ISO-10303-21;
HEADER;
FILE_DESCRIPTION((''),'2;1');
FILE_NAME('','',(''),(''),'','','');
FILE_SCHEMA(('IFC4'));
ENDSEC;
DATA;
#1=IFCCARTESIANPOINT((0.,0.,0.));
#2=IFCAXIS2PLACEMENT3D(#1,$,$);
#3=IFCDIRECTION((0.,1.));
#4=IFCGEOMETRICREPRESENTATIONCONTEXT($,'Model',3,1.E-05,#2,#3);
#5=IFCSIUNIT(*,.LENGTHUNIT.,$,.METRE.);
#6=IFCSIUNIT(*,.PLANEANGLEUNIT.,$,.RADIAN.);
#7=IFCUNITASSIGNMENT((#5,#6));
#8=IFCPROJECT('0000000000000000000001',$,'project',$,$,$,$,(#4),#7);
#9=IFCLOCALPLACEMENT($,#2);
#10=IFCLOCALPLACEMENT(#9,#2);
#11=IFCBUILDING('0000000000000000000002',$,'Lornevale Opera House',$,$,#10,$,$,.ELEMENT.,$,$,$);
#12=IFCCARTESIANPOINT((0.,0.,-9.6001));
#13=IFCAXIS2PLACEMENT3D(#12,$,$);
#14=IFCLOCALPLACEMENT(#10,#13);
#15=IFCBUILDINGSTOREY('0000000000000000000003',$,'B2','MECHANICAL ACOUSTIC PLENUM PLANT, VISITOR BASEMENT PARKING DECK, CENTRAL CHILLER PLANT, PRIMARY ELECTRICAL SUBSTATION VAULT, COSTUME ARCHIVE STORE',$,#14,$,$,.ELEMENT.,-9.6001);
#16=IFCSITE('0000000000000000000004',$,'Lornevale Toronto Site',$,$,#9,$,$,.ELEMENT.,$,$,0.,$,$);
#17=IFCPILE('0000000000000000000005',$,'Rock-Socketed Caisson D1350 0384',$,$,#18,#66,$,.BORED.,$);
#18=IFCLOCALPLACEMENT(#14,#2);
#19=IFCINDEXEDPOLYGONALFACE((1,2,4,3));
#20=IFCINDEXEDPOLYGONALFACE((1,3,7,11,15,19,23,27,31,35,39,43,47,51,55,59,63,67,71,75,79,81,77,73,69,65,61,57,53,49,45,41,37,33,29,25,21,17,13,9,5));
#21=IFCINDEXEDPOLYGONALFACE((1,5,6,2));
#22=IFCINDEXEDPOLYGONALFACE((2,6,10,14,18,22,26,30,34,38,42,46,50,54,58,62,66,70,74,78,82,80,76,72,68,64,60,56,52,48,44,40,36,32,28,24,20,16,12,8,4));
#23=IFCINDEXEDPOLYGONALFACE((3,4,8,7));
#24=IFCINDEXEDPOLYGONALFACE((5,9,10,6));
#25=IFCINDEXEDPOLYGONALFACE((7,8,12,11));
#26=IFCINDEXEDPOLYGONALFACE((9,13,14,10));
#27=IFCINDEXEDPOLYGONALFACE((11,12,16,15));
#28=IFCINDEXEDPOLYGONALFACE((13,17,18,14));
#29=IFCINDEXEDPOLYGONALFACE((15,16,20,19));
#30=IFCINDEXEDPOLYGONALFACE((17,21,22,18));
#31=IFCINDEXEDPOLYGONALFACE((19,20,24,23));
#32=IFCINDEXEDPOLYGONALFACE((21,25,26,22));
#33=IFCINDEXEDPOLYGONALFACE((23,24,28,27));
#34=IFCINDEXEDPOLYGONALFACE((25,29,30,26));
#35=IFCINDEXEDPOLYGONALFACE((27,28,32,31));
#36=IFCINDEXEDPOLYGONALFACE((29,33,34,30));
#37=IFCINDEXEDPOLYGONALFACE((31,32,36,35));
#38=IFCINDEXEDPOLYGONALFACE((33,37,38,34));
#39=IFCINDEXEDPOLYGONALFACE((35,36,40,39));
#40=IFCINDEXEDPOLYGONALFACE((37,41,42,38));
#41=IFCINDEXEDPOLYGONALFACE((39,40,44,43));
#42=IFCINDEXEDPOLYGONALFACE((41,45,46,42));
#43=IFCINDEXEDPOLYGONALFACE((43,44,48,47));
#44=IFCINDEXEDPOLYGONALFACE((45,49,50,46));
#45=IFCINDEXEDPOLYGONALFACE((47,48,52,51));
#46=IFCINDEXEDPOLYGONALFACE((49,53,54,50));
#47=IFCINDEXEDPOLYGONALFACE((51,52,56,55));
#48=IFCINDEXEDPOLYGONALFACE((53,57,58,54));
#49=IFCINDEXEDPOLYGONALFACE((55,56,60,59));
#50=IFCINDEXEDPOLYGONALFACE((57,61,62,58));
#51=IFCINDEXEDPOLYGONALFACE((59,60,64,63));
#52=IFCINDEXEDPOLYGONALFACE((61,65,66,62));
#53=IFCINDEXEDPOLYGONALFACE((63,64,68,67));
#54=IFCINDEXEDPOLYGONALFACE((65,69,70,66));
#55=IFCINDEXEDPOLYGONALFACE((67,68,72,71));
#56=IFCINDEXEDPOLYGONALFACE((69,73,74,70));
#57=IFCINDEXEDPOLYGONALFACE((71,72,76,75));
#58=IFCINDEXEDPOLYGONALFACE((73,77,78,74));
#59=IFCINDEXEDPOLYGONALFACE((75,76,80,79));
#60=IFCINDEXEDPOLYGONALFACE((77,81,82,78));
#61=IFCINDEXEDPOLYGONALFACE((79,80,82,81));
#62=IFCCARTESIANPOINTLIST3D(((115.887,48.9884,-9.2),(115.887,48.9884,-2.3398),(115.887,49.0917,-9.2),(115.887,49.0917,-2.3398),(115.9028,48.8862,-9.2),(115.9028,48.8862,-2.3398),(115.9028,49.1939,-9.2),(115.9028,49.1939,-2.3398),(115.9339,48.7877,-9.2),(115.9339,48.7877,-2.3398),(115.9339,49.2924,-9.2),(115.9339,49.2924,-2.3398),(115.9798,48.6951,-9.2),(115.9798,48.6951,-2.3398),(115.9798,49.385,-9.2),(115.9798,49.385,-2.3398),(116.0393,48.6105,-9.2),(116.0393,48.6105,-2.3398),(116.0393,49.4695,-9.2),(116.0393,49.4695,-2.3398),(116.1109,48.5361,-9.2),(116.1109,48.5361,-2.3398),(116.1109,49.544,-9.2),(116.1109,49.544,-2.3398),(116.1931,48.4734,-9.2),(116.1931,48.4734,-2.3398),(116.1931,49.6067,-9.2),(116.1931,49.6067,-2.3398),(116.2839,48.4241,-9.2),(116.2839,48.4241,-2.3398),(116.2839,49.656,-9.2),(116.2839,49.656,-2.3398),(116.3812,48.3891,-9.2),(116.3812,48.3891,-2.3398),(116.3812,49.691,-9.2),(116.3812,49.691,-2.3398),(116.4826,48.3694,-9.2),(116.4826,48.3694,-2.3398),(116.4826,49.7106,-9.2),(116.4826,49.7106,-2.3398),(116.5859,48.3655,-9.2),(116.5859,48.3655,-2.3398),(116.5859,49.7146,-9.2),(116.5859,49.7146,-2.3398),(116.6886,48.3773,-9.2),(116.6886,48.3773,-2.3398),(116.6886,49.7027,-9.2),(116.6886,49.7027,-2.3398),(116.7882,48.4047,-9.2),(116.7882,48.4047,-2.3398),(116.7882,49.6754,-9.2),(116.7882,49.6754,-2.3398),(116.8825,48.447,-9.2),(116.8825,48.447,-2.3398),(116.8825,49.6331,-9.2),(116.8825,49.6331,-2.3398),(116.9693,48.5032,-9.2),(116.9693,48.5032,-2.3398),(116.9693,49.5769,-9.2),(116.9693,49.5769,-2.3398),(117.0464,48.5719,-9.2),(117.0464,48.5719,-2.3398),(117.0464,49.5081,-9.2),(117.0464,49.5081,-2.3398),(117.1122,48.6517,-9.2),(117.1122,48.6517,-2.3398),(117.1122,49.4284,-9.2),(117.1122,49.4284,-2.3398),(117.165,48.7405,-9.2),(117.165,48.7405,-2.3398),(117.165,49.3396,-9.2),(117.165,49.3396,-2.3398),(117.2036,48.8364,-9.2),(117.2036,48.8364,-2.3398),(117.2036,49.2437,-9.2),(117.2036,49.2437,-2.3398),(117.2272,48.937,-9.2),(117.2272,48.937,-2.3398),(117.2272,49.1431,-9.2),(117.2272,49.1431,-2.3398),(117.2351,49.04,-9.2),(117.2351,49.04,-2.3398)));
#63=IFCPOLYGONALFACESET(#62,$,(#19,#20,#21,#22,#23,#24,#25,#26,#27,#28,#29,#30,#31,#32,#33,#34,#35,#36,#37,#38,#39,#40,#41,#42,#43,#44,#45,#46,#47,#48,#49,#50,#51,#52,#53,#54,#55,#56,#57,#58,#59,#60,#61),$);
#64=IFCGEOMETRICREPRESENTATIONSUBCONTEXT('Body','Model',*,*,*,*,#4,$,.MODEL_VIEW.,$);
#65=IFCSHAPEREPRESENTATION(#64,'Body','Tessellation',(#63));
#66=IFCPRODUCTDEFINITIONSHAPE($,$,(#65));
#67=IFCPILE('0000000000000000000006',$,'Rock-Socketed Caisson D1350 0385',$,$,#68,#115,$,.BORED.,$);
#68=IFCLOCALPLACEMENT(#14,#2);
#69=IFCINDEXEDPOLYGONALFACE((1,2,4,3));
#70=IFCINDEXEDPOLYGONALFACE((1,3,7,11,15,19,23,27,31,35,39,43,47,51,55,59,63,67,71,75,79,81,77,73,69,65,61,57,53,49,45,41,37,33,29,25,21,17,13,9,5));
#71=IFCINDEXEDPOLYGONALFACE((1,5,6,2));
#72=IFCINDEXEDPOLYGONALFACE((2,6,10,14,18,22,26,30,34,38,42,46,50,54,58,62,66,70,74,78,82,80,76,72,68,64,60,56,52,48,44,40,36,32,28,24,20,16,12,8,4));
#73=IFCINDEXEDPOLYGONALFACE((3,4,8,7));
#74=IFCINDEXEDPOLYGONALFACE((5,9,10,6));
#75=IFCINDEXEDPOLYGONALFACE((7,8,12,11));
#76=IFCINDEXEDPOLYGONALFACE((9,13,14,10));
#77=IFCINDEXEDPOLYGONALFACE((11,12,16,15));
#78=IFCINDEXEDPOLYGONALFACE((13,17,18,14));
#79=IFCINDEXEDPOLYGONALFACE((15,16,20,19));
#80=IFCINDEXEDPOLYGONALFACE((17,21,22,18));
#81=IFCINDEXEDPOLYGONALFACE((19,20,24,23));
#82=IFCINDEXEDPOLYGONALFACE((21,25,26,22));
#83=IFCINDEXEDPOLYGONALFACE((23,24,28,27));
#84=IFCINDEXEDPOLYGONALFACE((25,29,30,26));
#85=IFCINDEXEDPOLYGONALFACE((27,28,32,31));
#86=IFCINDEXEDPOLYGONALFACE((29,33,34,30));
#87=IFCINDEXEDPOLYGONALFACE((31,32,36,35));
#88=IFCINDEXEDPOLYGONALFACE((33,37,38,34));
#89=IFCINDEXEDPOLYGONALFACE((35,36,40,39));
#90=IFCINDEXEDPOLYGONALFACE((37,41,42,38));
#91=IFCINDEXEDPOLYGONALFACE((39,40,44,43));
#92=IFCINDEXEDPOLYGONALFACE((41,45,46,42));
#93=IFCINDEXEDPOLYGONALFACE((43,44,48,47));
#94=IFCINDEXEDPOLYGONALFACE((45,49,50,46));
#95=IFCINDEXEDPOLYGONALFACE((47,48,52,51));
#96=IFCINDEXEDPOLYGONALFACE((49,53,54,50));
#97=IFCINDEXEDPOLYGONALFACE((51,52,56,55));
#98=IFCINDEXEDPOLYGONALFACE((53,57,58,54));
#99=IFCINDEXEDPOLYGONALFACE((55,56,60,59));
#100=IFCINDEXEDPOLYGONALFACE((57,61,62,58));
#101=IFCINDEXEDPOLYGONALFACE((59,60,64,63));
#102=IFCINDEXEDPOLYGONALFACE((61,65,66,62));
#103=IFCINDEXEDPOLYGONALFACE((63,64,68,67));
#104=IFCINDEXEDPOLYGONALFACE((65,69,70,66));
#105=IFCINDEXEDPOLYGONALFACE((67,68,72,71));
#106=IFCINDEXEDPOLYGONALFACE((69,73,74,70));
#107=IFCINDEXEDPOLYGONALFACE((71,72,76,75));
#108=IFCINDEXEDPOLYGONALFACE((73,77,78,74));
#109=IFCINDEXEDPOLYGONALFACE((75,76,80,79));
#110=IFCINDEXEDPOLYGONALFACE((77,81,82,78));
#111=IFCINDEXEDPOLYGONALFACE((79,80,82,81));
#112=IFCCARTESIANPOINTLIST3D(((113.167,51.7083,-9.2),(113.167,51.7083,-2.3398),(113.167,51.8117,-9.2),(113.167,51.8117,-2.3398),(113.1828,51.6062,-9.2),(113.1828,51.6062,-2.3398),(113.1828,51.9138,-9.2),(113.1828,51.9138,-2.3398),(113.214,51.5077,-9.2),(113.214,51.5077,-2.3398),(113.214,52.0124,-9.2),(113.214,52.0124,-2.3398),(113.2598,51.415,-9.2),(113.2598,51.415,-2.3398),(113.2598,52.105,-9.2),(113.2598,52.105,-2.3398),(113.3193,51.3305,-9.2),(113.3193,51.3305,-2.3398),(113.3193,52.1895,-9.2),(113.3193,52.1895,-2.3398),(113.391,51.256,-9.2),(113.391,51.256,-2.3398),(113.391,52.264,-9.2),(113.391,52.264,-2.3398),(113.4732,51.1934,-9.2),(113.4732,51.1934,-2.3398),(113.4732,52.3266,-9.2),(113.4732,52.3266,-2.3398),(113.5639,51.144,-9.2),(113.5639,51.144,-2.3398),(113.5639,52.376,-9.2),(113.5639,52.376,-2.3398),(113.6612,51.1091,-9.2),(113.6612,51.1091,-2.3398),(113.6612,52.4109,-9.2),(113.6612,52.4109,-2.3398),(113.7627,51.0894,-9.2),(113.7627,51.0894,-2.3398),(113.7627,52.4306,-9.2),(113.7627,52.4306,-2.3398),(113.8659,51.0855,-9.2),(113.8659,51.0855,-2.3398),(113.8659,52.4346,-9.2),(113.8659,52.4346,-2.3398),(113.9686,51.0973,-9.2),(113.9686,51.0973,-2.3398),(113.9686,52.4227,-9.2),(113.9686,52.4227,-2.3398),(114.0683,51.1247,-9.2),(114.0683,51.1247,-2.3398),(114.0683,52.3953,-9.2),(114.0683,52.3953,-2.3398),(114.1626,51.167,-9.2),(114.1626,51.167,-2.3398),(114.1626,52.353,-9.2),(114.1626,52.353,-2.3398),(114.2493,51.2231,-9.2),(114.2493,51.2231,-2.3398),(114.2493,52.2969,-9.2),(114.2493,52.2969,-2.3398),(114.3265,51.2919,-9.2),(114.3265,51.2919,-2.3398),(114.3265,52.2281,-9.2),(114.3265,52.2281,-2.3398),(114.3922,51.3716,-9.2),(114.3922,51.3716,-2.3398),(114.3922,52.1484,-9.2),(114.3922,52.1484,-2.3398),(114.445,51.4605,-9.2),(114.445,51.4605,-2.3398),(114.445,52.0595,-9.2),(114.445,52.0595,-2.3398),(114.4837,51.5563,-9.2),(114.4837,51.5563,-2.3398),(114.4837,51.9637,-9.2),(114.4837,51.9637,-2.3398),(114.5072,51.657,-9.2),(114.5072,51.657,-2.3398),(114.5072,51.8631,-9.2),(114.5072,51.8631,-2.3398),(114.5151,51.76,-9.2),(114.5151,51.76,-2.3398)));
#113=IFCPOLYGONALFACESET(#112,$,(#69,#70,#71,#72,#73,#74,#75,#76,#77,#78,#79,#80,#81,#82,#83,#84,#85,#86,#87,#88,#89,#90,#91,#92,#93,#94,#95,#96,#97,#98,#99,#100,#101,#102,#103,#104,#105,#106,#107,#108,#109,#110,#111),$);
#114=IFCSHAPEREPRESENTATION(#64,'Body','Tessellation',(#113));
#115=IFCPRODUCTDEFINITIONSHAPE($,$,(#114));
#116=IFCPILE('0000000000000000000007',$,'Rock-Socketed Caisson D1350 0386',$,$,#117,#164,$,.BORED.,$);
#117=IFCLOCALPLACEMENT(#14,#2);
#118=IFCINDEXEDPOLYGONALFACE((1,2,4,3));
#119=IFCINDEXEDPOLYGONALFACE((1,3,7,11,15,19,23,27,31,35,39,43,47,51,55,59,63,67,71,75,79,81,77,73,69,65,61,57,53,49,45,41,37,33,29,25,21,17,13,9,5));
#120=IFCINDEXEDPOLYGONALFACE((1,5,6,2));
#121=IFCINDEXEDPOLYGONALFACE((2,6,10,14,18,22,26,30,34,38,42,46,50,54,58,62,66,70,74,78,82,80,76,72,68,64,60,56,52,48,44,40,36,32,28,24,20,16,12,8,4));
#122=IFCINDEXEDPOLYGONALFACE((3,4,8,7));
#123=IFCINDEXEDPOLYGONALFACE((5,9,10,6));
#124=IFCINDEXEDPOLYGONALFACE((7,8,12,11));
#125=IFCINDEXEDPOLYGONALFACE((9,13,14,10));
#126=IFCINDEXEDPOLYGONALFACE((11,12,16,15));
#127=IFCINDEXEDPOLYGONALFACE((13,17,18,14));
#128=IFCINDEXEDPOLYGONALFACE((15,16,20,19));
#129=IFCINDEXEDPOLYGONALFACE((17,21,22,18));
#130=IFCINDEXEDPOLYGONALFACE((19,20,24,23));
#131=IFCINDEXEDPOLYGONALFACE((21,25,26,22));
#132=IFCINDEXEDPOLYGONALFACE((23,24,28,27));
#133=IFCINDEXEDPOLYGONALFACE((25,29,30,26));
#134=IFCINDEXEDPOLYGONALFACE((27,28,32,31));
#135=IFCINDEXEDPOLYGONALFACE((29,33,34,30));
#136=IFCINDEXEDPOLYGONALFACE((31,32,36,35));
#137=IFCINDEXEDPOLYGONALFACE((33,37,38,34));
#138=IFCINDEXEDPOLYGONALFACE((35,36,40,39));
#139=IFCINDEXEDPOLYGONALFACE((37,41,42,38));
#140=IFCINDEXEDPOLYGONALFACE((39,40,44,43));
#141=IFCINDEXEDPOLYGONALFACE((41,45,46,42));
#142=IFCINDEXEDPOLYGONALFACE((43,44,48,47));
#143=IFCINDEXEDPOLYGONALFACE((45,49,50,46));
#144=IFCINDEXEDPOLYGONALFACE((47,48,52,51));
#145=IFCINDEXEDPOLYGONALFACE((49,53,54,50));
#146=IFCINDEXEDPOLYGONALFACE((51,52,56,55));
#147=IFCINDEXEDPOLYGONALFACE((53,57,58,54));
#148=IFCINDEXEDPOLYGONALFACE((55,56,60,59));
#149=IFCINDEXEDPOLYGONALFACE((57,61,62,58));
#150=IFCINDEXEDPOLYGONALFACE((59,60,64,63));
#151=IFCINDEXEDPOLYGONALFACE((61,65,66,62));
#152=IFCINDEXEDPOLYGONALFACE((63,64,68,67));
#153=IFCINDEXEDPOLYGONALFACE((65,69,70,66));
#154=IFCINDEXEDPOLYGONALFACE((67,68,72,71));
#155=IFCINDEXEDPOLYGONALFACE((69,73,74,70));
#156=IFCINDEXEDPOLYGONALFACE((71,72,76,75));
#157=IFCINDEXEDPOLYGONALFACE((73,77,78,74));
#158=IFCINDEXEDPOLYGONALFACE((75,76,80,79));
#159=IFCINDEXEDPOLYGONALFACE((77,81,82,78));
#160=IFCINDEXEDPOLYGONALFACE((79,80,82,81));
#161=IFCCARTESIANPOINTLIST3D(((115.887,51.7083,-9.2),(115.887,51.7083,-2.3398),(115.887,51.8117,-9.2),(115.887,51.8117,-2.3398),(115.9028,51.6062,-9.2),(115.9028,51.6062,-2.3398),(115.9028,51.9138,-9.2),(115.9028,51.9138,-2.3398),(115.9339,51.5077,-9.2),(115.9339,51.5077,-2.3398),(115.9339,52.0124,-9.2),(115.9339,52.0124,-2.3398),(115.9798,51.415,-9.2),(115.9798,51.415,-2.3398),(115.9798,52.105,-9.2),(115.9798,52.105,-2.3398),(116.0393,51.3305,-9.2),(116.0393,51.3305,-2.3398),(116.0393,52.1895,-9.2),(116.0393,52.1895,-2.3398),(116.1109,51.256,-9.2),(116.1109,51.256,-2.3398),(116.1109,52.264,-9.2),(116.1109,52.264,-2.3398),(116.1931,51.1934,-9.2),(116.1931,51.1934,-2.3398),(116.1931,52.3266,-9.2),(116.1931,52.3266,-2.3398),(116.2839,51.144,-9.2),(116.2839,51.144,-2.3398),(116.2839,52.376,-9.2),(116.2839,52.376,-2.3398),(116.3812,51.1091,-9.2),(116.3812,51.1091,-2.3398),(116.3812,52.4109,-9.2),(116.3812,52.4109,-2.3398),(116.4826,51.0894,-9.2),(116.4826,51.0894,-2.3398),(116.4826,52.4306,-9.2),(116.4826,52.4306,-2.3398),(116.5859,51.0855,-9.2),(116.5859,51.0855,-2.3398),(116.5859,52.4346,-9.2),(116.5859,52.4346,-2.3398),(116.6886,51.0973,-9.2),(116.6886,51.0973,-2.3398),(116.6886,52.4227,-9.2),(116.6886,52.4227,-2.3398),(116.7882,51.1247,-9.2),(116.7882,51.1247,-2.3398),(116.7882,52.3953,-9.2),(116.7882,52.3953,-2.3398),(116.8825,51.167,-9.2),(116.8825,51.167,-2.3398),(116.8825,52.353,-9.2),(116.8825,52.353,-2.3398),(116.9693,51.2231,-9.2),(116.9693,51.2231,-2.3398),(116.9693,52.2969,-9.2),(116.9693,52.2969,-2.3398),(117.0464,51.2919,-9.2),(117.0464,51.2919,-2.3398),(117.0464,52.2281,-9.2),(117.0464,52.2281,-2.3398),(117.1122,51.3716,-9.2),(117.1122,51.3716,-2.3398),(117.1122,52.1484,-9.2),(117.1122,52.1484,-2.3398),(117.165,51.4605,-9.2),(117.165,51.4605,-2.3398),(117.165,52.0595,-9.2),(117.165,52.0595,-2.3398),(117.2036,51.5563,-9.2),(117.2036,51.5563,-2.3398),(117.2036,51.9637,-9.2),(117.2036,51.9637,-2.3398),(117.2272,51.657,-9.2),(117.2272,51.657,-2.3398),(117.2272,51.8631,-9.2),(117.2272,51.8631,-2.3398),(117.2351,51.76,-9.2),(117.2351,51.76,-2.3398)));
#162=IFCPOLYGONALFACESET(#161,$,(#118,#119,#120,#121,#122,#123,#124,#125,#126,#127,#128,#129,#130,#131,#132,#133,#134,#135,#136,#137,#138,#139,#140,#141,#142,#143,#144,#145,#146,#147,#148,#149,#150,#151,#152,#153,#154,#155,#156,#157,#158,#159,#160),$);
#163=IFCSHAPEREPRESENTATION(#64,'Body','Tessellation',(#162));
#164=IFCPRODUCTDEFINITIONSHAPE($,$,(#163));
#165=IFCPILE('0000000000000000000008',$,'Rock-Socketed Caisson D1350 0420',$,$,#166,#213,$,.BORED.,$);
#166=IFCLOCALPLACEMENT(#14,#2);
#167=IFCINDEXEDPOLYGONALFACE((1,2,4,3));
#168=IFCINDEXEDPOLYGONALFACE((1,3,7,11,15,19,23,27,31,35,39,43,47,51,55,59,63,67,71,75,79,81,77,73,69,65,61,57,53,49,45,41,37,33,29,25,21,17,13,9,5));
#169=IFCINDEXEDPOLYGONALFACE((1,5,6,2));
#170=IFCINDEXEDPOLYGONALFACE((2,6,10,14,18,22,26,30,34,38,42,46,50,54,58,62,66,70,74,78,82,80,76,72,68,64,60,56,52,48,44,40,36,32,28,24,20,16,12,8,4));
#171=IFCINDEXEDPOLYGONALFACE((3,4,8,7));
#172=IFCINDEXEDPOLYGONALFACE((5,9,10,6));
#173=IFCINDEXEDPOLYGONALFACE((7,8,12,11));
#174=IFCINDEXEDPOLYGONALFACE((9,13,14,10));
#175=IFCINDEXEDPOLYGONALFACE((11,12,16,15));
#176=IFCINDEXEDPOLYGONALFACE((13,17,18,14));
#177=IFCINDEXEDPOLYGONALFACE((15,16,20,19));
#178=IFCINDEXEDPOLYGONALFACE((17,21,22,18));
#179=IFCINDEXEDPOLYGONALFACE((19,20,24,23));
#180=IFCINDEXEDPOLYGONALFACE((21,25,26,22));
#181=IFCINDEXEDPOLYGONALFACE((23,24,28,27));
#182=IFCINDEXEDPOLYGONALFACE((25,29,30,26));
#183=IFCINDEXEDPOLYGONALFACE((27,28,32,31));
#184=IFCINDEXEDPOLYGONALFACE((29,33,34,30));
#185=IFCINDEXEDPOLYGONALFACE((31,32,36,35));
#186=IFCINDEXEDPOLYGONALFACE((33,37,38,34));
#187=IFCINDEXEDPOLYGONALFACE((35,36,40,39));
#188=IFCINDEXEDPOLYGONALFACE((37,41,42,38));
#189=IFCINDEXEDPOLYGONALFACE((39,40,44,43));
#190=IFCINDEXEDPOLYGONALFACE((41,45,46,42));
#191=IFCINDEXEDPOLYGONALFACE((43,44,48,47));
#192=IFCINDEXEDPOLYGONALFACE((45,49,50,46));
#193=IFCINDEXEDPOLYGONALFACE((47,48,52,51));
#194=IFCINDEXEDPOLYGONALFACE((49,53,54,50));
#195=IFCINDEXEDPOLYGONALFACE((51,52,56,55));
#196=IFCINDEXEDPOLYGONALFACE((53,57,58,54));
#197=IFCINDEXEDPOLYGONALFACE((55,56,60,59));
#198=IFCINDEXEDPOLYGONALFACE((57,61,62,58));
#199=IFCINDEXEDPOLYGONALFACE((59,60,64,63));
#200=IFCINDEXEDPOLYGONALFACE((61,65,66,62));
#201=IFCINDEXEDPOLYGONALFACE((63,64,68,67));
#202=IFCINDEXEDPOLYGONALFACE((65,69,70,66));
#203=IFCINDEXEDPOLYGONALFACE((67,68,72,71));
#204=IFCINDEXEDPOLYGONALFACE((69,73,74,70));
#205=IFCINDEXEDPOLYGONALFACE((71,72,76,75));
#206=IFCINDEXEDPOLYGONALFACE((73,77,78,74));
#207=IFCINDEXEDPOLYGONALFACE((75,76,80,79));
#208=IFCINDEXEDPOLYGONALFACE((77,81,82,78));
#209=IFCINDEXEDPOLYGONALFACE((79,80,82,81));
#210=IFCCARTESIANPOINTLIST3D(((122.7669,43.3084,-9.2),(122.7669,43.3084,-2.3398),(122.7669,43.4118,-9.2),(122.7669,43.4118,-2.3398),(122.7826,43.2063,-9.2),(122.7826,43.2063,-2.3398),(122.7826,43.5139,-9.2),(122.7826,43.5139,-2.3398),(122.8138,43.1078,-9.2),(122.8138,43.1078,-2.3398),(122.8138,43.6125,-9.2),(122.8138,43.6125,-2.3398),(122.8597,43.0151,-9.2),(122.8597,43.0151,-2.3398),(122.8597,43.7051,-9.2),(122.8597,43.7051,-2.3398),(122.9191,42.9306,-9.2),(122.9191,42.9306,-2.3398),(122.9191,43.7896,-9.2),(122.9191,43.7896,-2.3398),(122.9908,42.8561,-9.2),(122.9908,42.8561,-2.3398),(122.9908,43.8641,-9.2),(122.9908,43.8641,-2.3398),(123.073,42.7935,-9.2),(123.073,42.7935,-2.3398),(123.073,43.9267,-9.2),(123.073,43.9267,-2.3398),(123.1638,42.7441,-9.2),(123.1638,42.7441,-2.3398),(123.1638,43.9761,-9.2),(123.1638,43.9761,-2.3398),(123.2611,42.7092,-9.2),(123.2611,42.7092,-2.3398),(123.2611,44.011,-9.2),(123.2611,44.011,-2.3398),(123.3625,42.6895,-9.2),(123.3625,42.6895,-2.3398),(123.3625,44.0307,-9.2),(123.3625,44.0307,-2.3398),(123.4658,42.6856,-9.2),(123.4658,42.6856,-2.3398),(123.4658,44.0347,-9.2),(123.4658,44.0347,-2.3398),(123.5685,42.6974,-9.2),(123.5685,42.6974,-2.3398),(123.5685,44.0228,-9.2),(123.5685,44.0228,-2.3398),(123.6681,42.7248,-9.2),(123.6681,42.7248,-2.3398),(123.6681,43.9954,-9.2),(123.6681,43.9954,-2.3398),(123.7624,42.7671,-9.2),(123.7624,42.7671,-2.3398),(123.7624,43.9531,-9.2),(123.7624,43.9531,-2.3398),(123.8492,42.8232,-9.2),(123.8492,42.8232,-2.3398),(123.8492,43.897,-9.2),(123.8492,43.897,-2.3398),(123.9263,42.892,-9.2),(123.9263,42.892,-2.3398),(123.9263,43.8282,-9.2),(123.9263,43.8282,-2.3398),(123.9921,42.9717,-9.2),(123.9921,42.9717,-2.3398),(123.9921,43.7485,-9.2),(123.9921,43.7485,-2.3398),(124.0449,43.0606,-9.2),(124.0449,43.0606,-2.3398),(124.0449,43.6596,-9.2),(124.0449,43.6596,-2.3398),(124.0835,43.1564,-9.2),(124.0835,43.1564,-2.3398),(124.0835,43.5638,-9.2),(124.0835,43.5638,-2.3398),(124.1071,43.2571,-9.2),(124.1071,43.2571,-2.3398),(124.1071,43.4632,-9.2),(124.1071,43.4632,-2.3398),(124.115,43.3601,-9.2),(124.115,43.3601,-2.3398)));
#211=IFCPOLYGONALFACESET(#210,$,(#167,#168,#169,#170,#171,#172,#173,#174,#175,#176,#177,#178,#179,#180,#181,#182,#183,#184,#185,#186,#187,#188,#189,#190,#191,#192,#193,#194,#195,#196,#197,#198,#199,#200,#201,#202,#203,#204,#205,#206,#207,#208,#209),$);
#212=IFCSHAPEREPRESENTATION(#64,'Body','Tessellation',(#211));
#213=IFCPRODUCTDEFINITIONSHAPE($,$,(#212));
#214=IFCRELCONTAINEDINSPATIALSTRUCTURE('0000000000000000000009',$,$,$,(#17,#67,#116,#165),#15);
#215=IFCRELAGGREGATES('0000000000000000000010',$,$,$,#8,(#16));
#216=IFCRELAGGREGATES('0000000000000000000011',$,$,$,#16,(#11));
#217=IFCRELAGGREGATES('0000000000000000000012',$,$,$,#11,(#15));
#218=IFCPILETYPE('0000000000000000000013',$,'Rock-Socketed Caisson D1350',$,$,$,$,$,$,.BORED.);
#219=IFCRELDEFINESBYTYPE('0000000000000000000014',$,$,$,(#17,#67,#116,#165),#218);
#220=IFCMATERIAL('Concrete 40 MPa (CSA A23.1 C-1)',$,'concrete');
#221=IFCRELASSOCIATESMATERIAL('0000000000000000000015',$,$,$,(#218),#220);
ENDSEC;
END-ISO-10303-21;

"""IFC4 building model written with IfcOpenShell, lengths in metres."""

from ifc_helpers import new_model, si_unit, direction, frame, origin, origin_2d, place, context, subcontext, project, spatial, circle, extrude, material, material_profile, profile_set, type_object, element, save


model = new_model("IFC4")

# Units and contexts
model_context = context("Model", 3, precision=1e-05, world=origin(), true_north=direction((0.0, 1.0)))
body_context = subcontext(model_context, "Body", "Model", "MODEL_VIEW")
ifc_project = project(units=[si_unit("LENGTHUNIT", "METRE"), si_unit("PLANEANGLEUNIT", "RADIAN")], contexts=[model_context])

# Site, building, storey
site_placement = place(None, origin())
site = spatial("IfcSite", under=ifc_project, at=site_placement, Name="Lornevale Toronto Site", CompositionType="ELEMENT", RefElevation=0.0)
building_placement = place(site_placement, origin())
building = spatial("IfcBuilding", under=site, at=building_placement, Name="Lornevale Opera House", CompositionType="ELEMENT")
storey_placement = place(building_placement, frame((0.0, 0.0, -9.6001)))
storey = spatial("IfcBuildingStorey", under=building, at=storey_placement, Name="B2", Description="MECHANICAL ACOUSTIC PLENUM PLANT, VISITOR BASEMENT PARKING DECK, CENTRAL CHILLER PLANT, PRIMARY ELECTRICAL SUBSTATION VAULT, COSTUME ARCHIVE STORE", CompositionType="ELEMENT", Elevation=-9.6001)

# Piles
ifc_material_1 = material(Name="Concrete 40 MPa (CSA A23.1 C-1)", Category="concrete")
ifc_material_profile_1 = material_profile(ifc_material_1, circle(Radius=0.675, at=origin_2d()), Name="CAIS1350")
ifc_profile_set_1 = profile_set([ifc_material_profile_1], Name="Concrete 40 MPa (CSA A23.1 C-1)")
pile_type_1 = type_object("IfcPileType", Name="Rock-Socketed Caisson D1350", PredefinedType="BORED", material=ifc_profile_set_1)
for number, where, z_axis, x_axis, name in (
    (1, (116.5601, 49.04, -2.3398), (0.0, 0.0, -1.0), (1.0, 0.0, 0.0), "Rock-Socketed Caisson D1350 0384"),
    (2, (113.8401, 51.76, -2.3398), (0.0, 0.0, -1.0), (1.0, 0.0, 0.0), "Rock-Socketed Caisson D1350 0385"),
    (3, (116.5601, 51.76, -2.3398), (0.0, 0.0, -1.0), (1.0, 0.0, 0.0), "Rock-Socketed Caisson D1350 0386"),
    (4, (123.4399, 43.3601, -2.3398), (0.0, 0.0, -1.0), (1.0, 0.0, 0.0), "Rock-Socketed Caisson D1350 0420"),
):
    element("IfcPile", number, at=place(storey_placement, frame(where, z_axis=z_axis, x_axis=x_axis)), inside=storey, type_object=pile_type_1, Name=name, PredefinedType="BORED", context=body_context, shape_type="SweptSolid", body=[
        extrude(circle(Radius=0.675, at=origin_2d()), origin(), (0.0, 0.0, 1.0), 6.8601),
    ])

save(model, "model.ifc")
